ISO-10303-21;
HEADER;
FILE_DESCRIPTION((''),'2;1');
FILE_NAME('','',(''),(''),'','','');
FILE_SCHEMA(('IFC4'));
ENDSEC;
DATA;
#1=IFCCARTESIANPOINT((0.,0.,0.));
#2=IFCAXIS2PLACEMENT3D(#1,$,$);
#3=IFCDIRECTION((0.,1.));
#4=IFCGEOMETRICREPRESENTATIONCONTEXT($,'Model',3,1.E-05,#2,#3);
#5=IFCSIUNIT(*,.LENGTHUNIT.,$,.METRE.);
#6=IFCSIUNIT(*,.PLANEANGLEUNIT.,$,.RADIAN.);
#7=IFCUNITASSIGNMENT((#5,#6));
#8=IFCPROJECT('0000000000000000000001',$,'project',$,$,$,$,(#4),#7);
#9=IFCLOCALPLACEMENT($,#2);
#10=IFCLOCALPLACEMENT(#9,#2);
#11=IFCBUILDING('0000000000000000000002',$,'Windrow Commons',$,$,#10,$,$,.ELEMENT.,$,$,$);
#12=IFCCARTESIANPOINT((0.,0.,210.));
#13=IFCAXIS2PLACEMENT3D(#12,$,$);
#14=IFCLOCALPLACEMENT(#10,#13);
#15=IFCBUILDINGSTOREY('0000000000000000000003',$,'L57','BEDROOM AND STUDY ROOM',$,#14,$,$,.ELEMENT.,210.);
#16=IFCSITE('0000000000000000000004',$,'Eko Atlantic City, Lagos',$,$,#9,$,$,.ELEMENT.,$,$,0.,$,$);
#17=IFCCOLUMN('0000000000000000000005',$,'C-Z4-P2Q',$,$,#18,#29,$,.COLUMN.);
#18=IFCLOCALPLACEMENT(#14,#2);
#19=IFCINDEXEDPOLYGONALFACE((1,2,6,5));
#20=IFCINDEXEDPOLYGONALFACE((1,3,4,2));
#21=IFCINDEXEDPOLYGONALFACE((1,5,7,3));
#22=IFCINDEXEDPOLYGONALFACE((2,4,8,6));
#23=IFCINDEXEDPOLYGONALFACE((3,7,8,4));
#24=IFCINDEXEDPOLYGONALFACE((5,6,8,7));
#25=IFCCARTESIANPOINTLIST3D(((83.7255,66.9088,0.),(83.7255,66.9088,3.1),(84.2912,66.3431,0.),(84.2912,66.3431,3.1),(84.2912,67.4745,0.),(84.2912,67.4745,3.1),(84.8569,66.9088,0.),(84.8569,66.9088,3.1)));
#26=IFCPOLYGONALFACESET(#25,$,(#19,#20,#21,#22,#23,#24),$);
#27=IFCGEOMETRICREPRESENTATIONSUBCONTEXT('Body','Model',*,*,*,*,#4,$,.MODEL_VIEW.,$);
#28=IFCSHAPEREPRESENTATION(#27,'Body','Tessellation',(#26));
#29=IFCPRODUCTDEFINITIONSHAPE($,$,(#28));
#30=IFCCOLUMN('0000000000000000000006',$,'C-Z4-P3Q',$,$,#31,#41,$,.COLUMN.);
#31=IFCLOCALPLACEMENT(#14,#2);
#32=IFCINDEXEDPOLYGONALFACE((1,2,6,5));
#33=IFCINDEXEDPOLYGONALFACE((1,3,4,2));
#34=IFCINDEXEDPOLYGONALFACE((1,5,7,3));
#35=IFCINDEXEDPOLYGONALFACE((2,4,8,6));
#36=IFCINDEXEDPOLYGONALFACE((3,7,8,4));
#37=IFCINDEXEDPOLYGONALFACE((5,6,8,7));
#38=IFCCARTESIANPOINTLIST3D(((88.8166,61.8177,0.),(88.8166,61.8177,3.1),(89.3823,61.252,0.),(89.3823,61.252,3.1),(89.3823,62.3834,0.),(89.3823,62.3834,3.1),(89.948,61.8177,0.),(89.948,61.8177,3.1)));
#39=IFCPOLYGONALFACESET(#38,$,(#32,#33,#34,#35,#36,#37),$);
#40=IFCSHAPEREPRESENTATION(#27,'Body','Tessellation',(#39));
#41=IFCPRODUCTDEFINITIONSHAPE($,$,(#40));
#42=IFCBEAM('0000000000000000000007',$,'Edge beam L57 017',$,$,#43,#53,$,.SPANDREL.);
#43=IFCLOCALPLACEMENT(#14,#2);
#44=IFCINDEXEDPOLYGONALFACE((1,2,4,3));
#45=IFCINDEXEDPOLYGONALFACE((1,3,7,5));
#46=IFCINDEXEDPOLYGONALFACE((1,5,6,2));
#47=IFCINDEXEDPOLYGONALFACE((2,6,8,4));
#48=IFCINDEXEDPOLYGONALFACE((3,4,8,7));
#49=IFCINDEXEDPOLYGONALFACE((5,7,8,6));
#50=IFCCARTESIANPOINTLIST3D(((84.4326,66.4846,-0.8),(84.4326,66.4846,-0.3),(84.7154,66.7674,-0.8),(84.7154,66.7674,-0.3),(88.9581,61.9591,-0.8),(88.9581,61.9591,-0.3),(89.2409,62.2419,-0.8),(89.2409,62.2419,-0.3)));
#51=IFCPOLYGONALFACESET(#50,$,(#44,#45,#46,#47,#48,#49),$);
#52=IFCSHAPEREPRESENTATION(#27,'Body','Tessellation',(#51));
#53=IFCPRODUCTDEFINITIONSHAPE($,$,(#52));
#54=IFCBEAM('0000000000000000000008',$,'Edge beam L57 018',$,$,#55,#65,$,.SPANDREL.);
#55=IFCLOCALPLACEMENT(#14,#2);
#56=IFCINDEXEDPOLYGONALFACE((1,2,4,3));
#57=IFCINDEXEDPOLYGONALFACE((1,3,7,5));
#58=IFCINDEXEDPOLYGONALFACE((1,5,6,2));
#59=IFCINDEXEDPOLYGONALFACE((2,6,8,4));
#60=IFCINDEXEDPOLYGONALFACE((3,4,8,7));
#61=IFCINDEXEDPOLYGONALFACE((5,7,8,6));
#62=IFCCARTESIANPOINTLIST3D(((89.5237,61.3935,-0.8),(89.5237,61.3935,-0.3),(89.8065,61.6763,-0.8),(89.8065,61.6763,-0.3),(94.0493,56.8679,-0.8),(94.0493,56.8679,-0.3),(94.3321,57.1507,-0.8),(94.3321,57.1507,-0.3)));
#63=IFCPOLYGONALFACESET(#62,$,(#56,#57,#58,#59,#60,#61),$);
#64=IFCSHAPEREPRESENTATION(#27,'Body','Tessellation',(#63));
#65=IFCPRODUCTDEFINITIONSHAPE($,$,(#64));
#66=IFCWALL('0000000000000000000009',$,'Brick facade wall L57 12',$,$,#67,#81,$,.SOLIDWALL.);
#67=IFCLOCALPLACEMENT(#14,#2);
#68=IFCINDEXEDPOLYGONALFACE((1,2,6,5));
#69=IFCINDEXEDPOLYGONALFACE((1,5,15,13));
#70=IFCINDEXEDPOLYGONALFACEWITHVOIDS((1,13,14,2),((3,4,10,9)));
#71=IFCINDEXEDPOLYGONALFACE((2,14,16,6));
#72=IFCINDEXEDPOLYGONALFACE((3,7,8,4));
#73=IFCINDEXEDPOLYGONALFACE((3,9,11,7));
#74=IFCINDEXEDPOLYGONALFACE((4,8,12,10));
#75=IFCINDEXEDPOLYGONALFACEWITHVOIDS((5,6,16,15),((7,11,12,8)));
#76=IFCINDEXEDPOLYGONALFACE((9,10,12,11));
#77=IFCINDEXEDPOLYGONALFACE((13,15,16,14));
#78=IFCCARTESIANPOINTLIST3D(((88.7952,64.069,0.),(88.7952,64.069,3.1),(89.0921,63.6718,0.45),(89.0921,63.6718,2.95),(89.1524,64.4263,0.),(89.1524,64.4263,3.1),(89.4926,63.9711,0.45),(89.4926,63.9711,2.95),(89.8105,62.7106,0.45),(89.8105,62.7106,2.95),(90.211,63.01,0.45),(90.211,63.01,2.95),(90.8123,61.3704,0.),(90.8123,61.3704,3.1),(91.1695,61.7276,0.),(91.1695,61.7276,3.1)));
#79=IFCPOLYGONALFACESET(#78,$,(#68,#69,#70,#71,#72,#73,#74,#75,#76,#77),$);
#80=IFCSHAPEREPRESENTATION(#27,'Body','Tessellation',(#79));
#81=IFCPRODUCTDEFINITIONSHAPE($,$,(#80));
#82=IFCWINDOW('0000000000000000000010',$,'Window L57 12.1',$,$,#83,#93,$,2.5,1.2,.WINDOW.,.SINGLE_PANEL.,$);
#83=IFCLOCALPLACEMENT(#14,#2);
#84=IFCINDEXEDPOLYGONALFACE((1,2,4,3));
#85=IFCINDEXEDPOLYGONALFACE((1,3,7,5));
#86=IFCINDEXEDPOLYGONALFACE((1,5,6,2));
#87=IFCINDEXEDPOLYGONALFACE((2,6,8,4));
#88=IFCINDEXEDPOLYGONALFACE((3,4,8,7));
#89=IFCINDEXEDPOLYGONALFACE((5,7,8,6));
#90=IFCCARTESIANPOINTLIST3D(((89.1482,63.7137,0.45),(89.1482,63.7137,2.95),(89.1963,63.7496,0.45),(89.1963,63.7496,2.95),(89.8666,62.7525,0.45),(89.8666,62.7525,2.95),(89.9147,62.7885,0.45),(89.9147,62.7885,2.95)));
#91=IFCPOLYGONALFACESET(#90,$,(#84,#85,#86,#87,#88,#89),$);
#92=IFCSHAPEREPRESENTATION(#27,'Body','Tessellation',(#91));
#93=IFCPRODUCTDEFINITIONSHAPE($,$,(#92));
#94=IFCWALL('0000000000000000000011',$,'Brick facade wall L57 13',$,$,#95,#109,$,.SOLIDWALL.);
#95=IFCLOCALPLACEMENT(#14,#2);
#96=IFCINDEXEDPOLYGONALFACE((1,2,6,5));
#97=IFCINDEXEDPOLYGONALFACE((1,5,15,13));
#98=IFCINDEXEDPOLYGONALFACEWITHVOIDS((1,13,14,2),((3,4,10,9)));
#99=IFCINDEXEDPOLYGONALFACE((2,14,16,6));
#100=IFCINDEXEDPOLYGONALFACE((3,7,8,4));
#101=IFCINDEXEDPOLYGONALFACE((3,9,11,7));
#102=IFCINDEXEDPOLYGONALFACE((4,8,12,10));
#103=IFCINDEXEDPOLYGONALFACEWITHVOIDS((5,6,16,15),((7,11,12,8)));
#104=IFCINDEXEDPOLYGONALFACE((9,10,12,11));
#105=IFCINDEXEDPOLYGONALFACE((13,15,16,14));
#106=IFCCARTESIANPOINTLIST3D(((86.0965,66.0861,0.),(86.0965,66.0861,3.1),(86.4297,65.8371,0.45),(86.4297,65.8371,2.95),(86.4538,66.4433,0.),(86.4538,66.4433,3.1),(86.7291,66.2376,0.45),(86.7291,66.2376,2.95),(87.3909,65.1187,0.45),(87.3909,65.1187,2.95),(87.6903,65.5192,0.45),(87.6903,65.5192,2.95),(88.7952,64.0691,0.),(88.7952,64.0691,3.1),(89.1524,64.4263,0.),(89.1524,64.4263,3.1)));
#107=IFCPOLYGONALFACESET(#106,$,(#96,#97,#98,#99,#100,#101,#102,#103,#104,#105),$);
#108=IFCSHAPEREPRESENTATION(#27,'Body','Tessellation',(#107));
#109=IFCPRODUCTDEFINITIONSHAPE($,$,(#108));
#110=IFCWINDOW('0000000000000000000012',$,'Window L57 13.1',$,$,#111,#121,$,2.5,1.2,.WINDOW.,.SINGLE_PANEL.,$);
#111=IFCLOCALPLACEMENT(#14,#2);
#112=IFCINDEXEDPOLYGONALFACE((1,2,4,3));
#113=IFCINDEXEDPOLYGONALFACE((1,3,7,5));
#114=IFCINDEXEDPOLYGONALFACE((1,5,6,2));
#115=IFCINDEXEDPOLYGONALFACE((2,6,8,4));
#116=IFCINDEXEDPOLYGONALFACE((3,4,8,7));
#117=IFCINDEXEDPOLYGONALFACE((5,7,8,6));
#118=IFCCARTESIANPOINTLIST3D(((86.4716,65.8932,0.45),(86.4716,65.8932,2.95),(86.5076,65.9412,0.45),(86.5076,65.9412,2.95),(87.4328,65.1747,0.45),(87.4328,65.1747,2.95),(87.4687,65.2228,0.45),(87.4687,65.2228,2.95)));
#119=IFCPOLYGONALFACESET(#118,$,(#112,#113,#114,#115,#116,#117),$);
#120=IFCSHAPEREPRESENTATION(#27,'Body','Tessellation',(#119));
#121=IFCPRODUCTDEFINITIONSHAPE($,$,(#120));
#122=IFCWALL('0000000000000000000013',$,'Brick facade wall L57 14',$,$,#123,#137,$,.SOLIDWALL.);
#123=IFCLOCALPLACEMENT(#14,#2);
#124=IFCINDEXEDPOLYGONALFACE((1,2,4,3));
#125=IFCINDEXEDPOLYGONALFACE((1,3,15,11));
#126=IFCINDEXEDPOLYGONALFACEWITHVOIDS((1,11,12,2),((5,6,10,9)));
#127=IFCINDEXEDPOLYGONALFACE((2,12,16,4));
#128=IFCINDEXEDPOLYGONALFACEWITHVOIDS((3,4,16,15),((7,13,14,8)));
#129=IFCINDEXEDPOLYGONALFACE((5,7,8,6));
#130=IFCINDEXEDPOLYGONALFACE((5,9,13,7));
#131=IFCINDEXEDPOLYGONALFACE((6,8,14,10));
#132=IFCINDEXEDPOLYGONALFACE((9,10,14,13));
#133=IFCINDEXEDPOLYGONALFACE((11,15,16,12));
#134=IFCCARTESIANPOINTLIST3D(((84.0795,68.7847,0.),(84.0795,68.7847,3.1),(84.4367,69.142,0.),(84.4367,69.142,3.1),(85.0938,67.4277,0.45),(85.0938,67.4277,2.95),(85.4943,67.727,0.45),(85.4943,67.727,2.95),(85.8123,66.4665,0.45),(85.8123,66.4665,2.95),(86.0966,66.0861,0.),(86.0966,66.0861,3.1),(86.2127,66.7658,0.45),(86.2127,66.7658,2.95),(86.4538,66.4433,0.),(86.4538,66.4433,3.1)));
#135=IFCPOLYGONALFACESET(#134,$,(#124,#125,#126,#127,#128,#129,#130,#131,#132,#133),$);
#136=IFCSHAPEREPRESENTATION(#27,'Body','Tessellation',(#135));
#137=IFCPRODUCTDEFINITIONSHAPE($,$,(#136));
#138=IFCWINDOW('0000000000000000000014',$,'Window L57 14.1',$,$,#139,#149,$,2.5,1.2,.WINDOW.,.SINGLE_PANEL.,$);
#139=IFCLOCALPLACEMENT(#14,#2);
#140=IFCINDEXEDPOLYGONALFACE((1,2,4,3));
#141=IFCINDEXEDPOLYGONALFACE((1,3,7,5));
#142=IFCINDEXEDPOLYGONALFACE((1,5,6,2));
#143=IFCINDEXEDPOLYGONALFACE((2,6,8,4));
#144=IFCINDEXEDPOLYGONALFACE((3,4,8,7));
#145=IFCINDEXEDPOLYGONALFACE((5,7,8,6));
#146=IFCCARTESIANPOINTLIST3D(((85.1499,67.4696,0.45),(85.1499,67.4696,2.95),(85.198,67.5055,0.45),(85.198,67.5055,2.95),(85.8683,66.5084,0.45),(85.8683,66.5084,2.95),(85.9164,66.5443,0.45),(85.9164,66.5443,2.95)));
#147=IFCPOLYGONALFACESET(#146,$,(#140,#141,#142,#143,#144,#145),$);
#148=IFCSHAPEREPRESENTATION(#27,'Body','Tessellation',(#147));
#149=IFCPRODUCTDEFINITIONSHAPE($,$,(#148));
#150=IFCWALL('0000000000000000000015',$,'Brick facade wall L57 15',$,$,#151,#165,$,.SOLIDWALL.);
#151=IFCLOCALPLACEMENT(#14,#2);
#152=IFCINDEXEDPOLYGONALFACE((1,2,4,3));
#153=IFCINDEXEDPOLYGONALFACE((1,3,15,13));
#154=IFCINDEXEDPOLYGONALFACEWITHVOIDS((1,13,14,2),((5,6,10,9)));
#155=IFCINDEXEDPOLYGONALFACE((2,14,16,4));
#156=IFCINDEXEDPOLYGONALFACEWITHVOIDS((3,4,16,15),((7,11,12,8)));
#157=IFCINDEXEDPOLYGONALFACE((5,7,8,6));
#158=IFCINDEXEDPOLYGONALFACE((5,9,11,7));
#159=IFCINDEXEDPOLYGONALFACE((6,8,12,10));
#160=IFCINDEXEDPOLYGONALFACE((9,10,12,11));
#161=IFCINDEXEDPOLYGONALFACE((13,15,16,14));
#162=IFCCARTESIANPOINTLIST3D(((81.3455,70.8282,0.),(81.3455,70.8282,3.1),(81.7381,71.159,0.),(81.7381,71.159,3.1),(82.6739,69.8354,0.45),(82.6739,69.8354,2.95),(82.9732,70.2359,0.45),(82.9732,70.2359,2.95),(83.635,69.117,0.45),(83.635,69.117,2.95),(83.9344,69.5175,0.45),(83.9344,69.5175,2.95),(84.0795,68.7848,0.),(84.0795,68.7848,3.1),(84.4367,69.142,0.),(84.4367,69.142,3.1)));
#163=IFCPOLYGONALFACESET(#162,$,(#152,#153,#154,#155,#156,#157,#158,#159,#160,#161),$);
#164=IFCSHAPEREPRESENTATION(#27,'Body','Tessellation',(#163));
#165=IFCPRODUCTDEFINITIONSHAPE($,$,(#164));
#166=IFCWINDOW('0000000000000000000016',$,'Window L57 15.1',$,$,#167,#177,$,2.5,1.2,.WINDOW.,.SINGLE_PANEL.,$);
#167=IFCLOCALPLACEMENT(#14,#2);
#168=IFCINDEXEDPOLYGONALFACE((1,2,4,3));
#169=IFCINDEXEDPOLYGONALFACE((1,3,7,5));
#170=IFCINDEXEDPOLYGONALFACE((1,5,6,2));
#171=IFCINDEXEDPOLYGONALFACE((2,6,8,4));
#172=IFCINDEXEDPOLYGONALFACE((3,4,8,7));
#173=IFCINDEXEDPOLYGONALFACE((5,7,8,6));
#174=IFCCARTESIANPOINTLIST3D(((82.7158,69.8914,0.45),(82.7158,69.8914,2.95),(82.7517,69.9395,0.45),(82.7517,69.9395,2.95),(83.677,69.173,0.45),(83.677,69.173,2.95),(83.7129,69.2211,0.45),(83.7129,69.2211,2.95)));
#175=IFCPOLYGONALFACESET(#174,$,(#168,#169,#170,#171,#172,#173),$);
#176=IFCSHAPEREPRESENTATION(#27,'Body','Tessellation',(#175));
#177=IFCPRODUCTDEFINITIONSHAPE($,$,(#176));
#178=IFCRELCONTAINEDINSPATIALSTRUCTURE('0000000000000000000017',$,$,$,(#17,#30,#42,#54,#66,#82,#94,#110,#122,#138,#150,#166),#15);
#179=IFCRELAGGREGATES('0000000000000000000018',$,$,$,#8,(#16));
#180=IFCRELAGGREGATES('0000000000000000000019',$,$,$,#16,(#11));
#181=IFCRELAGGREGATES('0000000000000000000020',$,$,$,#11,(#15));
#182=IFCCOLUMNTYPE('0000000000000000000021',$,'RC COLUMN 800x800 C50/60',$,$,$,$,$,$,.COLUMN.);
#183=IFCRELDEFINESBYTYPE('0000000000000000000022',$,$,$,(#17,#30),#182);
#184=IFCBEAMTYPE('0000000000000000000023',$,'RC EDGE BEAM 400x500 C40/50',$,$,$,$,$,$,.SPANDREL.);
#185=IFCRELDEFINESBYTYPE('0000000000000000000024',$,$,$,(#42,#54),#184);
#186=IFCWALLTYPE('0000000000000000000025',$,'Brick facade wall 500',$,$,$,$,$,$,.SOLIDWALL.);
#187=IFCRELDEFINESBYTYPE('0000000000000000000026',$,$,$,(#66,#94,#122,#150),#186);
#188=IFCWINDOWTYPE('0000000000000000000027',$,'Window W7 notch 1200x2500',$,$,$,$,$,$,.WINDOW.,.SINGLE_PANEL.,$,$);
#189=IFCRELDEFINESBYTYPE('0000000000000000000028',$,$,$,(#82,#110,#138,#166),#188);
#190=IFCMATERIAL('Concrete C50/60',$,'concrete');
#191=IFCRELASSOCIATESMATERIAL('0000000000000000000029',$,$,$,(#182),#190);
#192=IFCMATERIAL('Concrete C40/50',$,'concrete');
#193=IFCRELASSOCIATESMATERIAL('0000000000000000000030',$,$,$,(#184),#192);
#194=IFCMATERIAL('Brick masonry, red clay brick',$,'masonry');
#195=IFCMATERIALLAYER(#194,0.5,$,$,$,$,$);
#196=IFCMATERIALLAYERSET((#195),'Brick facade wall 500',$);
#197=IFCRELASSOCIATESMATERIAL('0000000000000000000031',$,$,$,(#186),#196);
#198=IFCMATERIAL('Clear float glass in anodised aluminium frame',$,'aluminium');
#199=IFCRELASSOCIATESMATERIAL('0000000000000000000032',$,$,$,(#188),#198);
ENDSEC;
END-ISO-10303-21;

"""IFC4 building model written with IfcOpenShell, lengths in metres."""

from ifc_helpers import new_model, si_unit, direction, frame, frame_2d, origin, origin_2d, place, context, subcontext, project, spatial, polyline, rectangle, outline, extrude, material, layer, layer_set, material_profile, profile_set, type_object, element, fill, save


model = new_model("IFC4")

# Units and contexts
model_context = context("Model", 3, precision=1e-05, world=origin(), true_north=direction((0.0, 1.0)))
body_context = subcontext(model_context, "Body", "Model", "MODEL_VIEW")
ifc_project = project(units=[si_unit("LENGTHUNIT", "METRE"), si_unit("PLANEANGLEUNIT", "RADIAN")], contexts=[model_context])

# Site, building, storey
site_placement = place(None, origin())
site = spatial("IfcSite", under=ifc_project, at=site_placement, Name="Eko Atlantic City, Lagos", CompositionType="ELEMENT", RefElevation=0.0)
building_placement = place(site_placement, origin())
building = spatial("IfcBuilding", under=site, at=building_placement, Name="Windrow Commons", CompositionType="ELEMENT")
storey_placement = place(building_placement, frame((0.0, 0.0, 210.0)))
storey = spatial("IfcBuildingStorey", under=building, at=storey_placement, Name="L57", Description="BEDROOM AND STUDY ROOM", CompositionType="ELEMENT", Elevation=210.0)

# Columns
ifc_material_1 = material(Name="Concrete C50/60", Category="concrete")
ifc_material_profile_1 = material_profile(ifc_material_1, rectangle(XDim=0.8, YDim=0.8, at=origin_2d()))
ifc_profile_set_1 = profile_set([ifc_material_profile_1], Name="Concrete C50/60")
column_type = type_object("IfcColumnType", Name="RC COLUMN 800x800 C50/60", PredefinedType="COLUMN", material=ifc_profile_set_1)
for number, where, z_axis, x_axis, name in (
    (1, (84.2912, 66.9088, 0.0), (0.0, 0.0, 1.0), (0.707107, -0.707107, 0.0), "C-Z4-P2Q"),
    (2, (89.3823, 61.8177, 0.0), (0.0, 0.0, 1.0), (0.707107, -0.707107, 0.0), "C-Z4-P3Q"),
):
    element("IfcColumn", number, at=place(storey_placement, frame(where, z_axis=z_axis, x_axis=x_axis)), inside=storey, type_object=column_type, Name=name, PredefinedType="COLUMN", context=body_context, shape_type="SweptSolid", body=[
        extrude(rectangle(XDim=0.8, YDim=0.8, at=origin_2d()), origin(), (0.0, 0.0, 1.0), 3.1),
    ])

# Beams
ifc_material_2 = material(Name="Concrete C40/50", Category="concrete")
ifc_material_profile_2 = material_profile(ifc_material_2, rectangle(XDim=0.4, YDim=0.5, at=origin_2d()))
ifc_profile_set_2 = profile_set([ifc_material_profile_2], Name="Concrete C40/50")
beam_type = type_object("IfcBeamType", Name="RC EDGE BEAM 400x500 C40/50", PredefinedType="SPANDREL", material=ifc_profile_set_2)
beam_1_placement = place(storey_placement, frame((84.574, 66.626, -0.55), z_axis=(0.707107, -0.707107, 0.0), x_axis=(0.707107, 0.707107, 0.0)))
element("IfcBeam", 3, at=beam_1_placement, inside=storey, type_object=beam_type, Name="Edge beam L57 017", PredefinedType="SPANDREL", context=body_context, shape_type="SweptSolid", body=[
    extrude(rectangle(XDim=0.4, YDim=0.5, at=origin_2d()), origin(), (0.0, 0.0, 1.0), 6.4),
])
beam_2_placement = place(storey_placement, frame((89.6651, 61.5349, -0.55), z_axis=(0.707107, -0.707107, 0.0), x_axis=(0.707107, 0.707107, 0.0)))
element("IfcBeam", 4, at=beam_2_placement, inside=storey, type_object=beam_type, Name="Edge beam L57 018", PredefinedType="SPANDREL", context=body_context, shape_type="SweptSolid", body=[
    extrude(rectangle(XDim=0.4, YDim=0.5, at=origin_2d()), origin(), (0.0, 0.0, 1.0), 6.4002),
])

# Walls, openings, windows
ifc_material_3 = material(Name="Brick masonry, red clay brick", Category="masonry")
ifc_layer_1 = layer(ifc_material_3, 0.5)
ifc_layer_set_1 = layer_set([ifc_layer_1], Name="Brick facade wall 500")
wall_type_1 = type_object("IfcWallType", Name="Brick facade wall 500", PredefinedType="SOLIDWALL", material=ifc_layer_set_1)
wall_1_placement = place(storey_placement, frame((90.9909, 61.549, 0.0), z_axis=(0.0, 0.0, 1.0), x_axis=(-0.598684, 0.800985, 0.0)))
wall_1 = element("IfcWall", 5, at=wall_1_placement, inside=storey, type_object=wall_type_1, Name="Brick facade wall L57 12", PredefinedType="SOLIDWALL", context=body_context, shape_type="SweptSolid", body=[
    extrude(outline(polyline([(0.0361, -0.25), (3.4053, -0.25), (3.333, 0.25), (-0.0361, 0.25), (0.0361, -0.25)])), origin(), (0.0, 0.0, 1.0), 3.1),
])
opening_1_placement = place(wall_1_placement, frame((1.6371, 0.0, 0.45)))
opening_1 = element("IfcOpeningElement", 6, at=opening_1_placement, cuts=wall_1, PredefinedType="OPENING", context=body_context, shape_type="SweptSolid", body=[
    extrude(rectangle(XDim=1.2, YDim=2.5, at=frame_2d((0.6, 1.25))), frame((0.0, 0.26, 0.0), z_axis=(0.0, -1.0, 0.0), x_axis=(1.0, 0.0, 0.0)), (0.0, 0.0, 1.0), 0.52),
])
ifc_material_4 = material(Name="Clear float glass in anodised aluminium frame", Category="aluminium")
window_type = type_object("IfcWindowType", Name="Window W7 notch 1200x2500", PartitioningType="SINGLE_PANEL", PredefinedType="WINDOW", material=ifc_material_4)
window_1_placement = place(opening_1_placement, origin())
window_1 = element("IfcWindow", 7, at=window_1_placement, inside=storey, type_object=window_type, Name="Window L57 12.1", OverallHeight=2.5, OverallWidth=1.2, PartitioningType="SINGLE_PANEL", PredefinedType="WINDOW", context=body_context, shape_type="SweptSolid", body=[
    extrude(rectangle(XDim=1.2, YDim=2.5, at=frame_2d((0.6, 1.25))), frame((0.0, 0.18, 0.0), z_axis=(0.0, -1.0, 0.0), x_axis=(1.0, 0.0, 0.0)), (0.0, 0.0, 1.0), 0.06),
])
fill(opening_1, window_1)
wall_2_placement = place(storey_placement, frame((88.9738, 64.2477, 0.0), z_axis=(0.0, 0.0, 1.0), x_axis=(-0.800989, 0.598679, 0.0)))
wall_2 = element("IfcWall", 8, at=wall_2_placement, inside=storey, type_object=wall_type_1, Name="Brick facade wall L57 13", PredefinedType="SOLIDWALL", context=body_context, shape_type="SweptSolid", body=[
    extrude(outline(polyline([(-0.0361, -0.25), (3.333, -0.25), (3.4053, 0.25), (0.0361, 0.25), (-0.0361, -0.25)])), origin(), (0.0, 0.0, 1.0), 3.1),
])
opening_2_placement = place(wall_2_placement, frame((1.7893, 0.0, 0.45)))
opening_2 = element("IfcOpeningElement", 9, at=opening_2_placement, cuts=wall_2, PredefinedType="OPENING", context=body_context, shape_type="SweptSolid", body=[
    extrude(rectangle(XDim=1.2, YDim=2.5, at=frame_2d((0.6, 1.25))), frame((0.0, 0.26, 0.0), z_axis=(0.0, -1.0, 0.0), x_axis=(1.0, 0.0, 0.0)), (0.0, 0.0, 1.0), 0.52),
])
window_2_placement = place(opening_2_placement, origin())
window_2 = element("IfcWindow", 10, at=window_2_placement, inside=storey, type_object=window_type, Name="Window L57 13.1", OverallHeight=2.5, OverallWidth=1.2, PartitioningType="SINGLE_PANEL", PredefinedType="WINDOW", context=body_context, shape_type="SweptSolid", body=[
    extrude(rectangle(XDim=1.2, YDim=2.5, at=frame_2d((0.6, 1.25))), frame((0.0, 0.18, 0.0), z_axis=(0.0, -1.0, 0.0), x_axis=(1.0, 0.0, 0.0)), (0.0, 0.0, 1.0), 0.06),
])
fill(opening_2, window_2)
wall_3_placement = place(storey_placement, frame((86.2752, 66.2647, 0.0), z_axis=(0.0, 0.0, 1.0), x_axis=(-0.598684, 0.800985, 0.0)))
wall_3 = element("IfcWall", 11, at=wall_3_placement, inside=storey, type_object=wall_type_1, Name="Brick facade wall L57 14", PredefinedType="SOLIDWALL", context=body_context, shape_type="SweptSolid", body=[
    extrude(outline(polyline([(0.0361, -0.25), (3.4053, -0.25), (3.333, 0.25), (-0.0361, 0.25), (0.0361, -0.25)])), origin(), (0.0, 0.0, 1.0), 3.1),
])
opening_3_placement = place(wall_3_placement, frame((0.4388, 0.0, 0.45)))
opening_3 = element("IfcOpeningElement", 12, at=opening_3_placement, cuts=wall_3, PredefinedType="OPENING", context=body_context, shape_type="SweptSolid", body=[
    extrude(rectangle(XDim=1.2, YDim=2.5, at=frame_2d((0.6, 1.25))), frame((0.0, 0.26, 0.0), z_axis=(0.0, -1.0, 0.0), x_axis=(1.0, 0.0, 0.0)), (0.0, 0.0, 1.0), 0.52),
])
window_3_placement = place(opening_3_placement, origin())
window_3 = element("IfcWindow", 13, at=window_3_placement, inside=storey, type_object=window_type, Name="Window L57 14.1", OverallHeight=2.5, OverallWidth=1.2, PartitioningType="SINGLE_PANEL", PredefinedType="WINDOW", context=body_context, shape_type="SweptSolid", body=[
    extrude(rectangle(XDim=1.2, YDim=2.5, at=frame_2d((0.6, 1.25))), frame((0.0, 0.18, 0.0), z_axis=(0.0, -1.0, 0.0), x_axis=(1.0, 0.0, 0.0)), (0.0, 0.0, 1.0), 0.06),
])
fill(opening_3, window_3)
wall_4_placement = place(storey_placement, frame((84.2581, 68.9634, 0.0), z_axis=(0.0, 0.0, 1.0), x_axis=(-0.800993, 0.598673, 0.0)))
wall_4 = element("IfcWall", 14, at=wall_4_placement, inside=storey, type_object=wall_type_1, Name="Brick facade wall L57 15", PredefinedType="SOLIDWALL", context=body_context, shape_type="SweptSolid", body=[
    extrude(outline(polyline([(-0.0361, -0.25), (3.333, -0.25), (3.4494, 0.25), (0.0361, 0.25), (-0.0361, -0.25)])), origin(), (0.0, 0.0, 1.0), 3.1),
])
opening_4_placement = place(wall_4_placement, frame((0.591, 0.0, 0.45)))
opening_4 = element("IfcOpeningElement", 15, at=opening_4_placement, cuts=wall_4, PredefinedType="OPENING", context=body_context, shape_type="SweptSolid", body=[
    extrude(rectangle(XDim=1.2, YDim=2.5, at=frame_2d((0.6, 1.25))), frame((0.0, 0.26, 0.0), z_axis=(0.0, -1.0, 0.0), x_axis=(1.0, 0.0, 0.0)), (0.0, 0.0, 1.0), 0.52),
])
window_4_placement = place(opening_4_placement, origin())
window_4 = element("IfcWindow", 16, at=window_4_placement, inside=storey, type_object=window_type, Name="Window L57 15.1", OverallHeight=2.5, OverallWidth=1.2, PartitioningType="SINGLE_PANEL", PredefinedType="WINDOW", context=body_context, shape_type="SweptSolid", body=[
    extrude(rectangle(XDim=1.2, YDim=2.5, at=frame_2d((0.6, 1.25))), frame((0.0, 0.18, 0.0), z_axis=(0.0, -1.0, 0.0), x_axis=(1.0, 0.0, 0.0)), (0.0, 0.0, 1.0), 0.06),
])
fill(opening_4, window_4)

save(model, "model.ifc")
